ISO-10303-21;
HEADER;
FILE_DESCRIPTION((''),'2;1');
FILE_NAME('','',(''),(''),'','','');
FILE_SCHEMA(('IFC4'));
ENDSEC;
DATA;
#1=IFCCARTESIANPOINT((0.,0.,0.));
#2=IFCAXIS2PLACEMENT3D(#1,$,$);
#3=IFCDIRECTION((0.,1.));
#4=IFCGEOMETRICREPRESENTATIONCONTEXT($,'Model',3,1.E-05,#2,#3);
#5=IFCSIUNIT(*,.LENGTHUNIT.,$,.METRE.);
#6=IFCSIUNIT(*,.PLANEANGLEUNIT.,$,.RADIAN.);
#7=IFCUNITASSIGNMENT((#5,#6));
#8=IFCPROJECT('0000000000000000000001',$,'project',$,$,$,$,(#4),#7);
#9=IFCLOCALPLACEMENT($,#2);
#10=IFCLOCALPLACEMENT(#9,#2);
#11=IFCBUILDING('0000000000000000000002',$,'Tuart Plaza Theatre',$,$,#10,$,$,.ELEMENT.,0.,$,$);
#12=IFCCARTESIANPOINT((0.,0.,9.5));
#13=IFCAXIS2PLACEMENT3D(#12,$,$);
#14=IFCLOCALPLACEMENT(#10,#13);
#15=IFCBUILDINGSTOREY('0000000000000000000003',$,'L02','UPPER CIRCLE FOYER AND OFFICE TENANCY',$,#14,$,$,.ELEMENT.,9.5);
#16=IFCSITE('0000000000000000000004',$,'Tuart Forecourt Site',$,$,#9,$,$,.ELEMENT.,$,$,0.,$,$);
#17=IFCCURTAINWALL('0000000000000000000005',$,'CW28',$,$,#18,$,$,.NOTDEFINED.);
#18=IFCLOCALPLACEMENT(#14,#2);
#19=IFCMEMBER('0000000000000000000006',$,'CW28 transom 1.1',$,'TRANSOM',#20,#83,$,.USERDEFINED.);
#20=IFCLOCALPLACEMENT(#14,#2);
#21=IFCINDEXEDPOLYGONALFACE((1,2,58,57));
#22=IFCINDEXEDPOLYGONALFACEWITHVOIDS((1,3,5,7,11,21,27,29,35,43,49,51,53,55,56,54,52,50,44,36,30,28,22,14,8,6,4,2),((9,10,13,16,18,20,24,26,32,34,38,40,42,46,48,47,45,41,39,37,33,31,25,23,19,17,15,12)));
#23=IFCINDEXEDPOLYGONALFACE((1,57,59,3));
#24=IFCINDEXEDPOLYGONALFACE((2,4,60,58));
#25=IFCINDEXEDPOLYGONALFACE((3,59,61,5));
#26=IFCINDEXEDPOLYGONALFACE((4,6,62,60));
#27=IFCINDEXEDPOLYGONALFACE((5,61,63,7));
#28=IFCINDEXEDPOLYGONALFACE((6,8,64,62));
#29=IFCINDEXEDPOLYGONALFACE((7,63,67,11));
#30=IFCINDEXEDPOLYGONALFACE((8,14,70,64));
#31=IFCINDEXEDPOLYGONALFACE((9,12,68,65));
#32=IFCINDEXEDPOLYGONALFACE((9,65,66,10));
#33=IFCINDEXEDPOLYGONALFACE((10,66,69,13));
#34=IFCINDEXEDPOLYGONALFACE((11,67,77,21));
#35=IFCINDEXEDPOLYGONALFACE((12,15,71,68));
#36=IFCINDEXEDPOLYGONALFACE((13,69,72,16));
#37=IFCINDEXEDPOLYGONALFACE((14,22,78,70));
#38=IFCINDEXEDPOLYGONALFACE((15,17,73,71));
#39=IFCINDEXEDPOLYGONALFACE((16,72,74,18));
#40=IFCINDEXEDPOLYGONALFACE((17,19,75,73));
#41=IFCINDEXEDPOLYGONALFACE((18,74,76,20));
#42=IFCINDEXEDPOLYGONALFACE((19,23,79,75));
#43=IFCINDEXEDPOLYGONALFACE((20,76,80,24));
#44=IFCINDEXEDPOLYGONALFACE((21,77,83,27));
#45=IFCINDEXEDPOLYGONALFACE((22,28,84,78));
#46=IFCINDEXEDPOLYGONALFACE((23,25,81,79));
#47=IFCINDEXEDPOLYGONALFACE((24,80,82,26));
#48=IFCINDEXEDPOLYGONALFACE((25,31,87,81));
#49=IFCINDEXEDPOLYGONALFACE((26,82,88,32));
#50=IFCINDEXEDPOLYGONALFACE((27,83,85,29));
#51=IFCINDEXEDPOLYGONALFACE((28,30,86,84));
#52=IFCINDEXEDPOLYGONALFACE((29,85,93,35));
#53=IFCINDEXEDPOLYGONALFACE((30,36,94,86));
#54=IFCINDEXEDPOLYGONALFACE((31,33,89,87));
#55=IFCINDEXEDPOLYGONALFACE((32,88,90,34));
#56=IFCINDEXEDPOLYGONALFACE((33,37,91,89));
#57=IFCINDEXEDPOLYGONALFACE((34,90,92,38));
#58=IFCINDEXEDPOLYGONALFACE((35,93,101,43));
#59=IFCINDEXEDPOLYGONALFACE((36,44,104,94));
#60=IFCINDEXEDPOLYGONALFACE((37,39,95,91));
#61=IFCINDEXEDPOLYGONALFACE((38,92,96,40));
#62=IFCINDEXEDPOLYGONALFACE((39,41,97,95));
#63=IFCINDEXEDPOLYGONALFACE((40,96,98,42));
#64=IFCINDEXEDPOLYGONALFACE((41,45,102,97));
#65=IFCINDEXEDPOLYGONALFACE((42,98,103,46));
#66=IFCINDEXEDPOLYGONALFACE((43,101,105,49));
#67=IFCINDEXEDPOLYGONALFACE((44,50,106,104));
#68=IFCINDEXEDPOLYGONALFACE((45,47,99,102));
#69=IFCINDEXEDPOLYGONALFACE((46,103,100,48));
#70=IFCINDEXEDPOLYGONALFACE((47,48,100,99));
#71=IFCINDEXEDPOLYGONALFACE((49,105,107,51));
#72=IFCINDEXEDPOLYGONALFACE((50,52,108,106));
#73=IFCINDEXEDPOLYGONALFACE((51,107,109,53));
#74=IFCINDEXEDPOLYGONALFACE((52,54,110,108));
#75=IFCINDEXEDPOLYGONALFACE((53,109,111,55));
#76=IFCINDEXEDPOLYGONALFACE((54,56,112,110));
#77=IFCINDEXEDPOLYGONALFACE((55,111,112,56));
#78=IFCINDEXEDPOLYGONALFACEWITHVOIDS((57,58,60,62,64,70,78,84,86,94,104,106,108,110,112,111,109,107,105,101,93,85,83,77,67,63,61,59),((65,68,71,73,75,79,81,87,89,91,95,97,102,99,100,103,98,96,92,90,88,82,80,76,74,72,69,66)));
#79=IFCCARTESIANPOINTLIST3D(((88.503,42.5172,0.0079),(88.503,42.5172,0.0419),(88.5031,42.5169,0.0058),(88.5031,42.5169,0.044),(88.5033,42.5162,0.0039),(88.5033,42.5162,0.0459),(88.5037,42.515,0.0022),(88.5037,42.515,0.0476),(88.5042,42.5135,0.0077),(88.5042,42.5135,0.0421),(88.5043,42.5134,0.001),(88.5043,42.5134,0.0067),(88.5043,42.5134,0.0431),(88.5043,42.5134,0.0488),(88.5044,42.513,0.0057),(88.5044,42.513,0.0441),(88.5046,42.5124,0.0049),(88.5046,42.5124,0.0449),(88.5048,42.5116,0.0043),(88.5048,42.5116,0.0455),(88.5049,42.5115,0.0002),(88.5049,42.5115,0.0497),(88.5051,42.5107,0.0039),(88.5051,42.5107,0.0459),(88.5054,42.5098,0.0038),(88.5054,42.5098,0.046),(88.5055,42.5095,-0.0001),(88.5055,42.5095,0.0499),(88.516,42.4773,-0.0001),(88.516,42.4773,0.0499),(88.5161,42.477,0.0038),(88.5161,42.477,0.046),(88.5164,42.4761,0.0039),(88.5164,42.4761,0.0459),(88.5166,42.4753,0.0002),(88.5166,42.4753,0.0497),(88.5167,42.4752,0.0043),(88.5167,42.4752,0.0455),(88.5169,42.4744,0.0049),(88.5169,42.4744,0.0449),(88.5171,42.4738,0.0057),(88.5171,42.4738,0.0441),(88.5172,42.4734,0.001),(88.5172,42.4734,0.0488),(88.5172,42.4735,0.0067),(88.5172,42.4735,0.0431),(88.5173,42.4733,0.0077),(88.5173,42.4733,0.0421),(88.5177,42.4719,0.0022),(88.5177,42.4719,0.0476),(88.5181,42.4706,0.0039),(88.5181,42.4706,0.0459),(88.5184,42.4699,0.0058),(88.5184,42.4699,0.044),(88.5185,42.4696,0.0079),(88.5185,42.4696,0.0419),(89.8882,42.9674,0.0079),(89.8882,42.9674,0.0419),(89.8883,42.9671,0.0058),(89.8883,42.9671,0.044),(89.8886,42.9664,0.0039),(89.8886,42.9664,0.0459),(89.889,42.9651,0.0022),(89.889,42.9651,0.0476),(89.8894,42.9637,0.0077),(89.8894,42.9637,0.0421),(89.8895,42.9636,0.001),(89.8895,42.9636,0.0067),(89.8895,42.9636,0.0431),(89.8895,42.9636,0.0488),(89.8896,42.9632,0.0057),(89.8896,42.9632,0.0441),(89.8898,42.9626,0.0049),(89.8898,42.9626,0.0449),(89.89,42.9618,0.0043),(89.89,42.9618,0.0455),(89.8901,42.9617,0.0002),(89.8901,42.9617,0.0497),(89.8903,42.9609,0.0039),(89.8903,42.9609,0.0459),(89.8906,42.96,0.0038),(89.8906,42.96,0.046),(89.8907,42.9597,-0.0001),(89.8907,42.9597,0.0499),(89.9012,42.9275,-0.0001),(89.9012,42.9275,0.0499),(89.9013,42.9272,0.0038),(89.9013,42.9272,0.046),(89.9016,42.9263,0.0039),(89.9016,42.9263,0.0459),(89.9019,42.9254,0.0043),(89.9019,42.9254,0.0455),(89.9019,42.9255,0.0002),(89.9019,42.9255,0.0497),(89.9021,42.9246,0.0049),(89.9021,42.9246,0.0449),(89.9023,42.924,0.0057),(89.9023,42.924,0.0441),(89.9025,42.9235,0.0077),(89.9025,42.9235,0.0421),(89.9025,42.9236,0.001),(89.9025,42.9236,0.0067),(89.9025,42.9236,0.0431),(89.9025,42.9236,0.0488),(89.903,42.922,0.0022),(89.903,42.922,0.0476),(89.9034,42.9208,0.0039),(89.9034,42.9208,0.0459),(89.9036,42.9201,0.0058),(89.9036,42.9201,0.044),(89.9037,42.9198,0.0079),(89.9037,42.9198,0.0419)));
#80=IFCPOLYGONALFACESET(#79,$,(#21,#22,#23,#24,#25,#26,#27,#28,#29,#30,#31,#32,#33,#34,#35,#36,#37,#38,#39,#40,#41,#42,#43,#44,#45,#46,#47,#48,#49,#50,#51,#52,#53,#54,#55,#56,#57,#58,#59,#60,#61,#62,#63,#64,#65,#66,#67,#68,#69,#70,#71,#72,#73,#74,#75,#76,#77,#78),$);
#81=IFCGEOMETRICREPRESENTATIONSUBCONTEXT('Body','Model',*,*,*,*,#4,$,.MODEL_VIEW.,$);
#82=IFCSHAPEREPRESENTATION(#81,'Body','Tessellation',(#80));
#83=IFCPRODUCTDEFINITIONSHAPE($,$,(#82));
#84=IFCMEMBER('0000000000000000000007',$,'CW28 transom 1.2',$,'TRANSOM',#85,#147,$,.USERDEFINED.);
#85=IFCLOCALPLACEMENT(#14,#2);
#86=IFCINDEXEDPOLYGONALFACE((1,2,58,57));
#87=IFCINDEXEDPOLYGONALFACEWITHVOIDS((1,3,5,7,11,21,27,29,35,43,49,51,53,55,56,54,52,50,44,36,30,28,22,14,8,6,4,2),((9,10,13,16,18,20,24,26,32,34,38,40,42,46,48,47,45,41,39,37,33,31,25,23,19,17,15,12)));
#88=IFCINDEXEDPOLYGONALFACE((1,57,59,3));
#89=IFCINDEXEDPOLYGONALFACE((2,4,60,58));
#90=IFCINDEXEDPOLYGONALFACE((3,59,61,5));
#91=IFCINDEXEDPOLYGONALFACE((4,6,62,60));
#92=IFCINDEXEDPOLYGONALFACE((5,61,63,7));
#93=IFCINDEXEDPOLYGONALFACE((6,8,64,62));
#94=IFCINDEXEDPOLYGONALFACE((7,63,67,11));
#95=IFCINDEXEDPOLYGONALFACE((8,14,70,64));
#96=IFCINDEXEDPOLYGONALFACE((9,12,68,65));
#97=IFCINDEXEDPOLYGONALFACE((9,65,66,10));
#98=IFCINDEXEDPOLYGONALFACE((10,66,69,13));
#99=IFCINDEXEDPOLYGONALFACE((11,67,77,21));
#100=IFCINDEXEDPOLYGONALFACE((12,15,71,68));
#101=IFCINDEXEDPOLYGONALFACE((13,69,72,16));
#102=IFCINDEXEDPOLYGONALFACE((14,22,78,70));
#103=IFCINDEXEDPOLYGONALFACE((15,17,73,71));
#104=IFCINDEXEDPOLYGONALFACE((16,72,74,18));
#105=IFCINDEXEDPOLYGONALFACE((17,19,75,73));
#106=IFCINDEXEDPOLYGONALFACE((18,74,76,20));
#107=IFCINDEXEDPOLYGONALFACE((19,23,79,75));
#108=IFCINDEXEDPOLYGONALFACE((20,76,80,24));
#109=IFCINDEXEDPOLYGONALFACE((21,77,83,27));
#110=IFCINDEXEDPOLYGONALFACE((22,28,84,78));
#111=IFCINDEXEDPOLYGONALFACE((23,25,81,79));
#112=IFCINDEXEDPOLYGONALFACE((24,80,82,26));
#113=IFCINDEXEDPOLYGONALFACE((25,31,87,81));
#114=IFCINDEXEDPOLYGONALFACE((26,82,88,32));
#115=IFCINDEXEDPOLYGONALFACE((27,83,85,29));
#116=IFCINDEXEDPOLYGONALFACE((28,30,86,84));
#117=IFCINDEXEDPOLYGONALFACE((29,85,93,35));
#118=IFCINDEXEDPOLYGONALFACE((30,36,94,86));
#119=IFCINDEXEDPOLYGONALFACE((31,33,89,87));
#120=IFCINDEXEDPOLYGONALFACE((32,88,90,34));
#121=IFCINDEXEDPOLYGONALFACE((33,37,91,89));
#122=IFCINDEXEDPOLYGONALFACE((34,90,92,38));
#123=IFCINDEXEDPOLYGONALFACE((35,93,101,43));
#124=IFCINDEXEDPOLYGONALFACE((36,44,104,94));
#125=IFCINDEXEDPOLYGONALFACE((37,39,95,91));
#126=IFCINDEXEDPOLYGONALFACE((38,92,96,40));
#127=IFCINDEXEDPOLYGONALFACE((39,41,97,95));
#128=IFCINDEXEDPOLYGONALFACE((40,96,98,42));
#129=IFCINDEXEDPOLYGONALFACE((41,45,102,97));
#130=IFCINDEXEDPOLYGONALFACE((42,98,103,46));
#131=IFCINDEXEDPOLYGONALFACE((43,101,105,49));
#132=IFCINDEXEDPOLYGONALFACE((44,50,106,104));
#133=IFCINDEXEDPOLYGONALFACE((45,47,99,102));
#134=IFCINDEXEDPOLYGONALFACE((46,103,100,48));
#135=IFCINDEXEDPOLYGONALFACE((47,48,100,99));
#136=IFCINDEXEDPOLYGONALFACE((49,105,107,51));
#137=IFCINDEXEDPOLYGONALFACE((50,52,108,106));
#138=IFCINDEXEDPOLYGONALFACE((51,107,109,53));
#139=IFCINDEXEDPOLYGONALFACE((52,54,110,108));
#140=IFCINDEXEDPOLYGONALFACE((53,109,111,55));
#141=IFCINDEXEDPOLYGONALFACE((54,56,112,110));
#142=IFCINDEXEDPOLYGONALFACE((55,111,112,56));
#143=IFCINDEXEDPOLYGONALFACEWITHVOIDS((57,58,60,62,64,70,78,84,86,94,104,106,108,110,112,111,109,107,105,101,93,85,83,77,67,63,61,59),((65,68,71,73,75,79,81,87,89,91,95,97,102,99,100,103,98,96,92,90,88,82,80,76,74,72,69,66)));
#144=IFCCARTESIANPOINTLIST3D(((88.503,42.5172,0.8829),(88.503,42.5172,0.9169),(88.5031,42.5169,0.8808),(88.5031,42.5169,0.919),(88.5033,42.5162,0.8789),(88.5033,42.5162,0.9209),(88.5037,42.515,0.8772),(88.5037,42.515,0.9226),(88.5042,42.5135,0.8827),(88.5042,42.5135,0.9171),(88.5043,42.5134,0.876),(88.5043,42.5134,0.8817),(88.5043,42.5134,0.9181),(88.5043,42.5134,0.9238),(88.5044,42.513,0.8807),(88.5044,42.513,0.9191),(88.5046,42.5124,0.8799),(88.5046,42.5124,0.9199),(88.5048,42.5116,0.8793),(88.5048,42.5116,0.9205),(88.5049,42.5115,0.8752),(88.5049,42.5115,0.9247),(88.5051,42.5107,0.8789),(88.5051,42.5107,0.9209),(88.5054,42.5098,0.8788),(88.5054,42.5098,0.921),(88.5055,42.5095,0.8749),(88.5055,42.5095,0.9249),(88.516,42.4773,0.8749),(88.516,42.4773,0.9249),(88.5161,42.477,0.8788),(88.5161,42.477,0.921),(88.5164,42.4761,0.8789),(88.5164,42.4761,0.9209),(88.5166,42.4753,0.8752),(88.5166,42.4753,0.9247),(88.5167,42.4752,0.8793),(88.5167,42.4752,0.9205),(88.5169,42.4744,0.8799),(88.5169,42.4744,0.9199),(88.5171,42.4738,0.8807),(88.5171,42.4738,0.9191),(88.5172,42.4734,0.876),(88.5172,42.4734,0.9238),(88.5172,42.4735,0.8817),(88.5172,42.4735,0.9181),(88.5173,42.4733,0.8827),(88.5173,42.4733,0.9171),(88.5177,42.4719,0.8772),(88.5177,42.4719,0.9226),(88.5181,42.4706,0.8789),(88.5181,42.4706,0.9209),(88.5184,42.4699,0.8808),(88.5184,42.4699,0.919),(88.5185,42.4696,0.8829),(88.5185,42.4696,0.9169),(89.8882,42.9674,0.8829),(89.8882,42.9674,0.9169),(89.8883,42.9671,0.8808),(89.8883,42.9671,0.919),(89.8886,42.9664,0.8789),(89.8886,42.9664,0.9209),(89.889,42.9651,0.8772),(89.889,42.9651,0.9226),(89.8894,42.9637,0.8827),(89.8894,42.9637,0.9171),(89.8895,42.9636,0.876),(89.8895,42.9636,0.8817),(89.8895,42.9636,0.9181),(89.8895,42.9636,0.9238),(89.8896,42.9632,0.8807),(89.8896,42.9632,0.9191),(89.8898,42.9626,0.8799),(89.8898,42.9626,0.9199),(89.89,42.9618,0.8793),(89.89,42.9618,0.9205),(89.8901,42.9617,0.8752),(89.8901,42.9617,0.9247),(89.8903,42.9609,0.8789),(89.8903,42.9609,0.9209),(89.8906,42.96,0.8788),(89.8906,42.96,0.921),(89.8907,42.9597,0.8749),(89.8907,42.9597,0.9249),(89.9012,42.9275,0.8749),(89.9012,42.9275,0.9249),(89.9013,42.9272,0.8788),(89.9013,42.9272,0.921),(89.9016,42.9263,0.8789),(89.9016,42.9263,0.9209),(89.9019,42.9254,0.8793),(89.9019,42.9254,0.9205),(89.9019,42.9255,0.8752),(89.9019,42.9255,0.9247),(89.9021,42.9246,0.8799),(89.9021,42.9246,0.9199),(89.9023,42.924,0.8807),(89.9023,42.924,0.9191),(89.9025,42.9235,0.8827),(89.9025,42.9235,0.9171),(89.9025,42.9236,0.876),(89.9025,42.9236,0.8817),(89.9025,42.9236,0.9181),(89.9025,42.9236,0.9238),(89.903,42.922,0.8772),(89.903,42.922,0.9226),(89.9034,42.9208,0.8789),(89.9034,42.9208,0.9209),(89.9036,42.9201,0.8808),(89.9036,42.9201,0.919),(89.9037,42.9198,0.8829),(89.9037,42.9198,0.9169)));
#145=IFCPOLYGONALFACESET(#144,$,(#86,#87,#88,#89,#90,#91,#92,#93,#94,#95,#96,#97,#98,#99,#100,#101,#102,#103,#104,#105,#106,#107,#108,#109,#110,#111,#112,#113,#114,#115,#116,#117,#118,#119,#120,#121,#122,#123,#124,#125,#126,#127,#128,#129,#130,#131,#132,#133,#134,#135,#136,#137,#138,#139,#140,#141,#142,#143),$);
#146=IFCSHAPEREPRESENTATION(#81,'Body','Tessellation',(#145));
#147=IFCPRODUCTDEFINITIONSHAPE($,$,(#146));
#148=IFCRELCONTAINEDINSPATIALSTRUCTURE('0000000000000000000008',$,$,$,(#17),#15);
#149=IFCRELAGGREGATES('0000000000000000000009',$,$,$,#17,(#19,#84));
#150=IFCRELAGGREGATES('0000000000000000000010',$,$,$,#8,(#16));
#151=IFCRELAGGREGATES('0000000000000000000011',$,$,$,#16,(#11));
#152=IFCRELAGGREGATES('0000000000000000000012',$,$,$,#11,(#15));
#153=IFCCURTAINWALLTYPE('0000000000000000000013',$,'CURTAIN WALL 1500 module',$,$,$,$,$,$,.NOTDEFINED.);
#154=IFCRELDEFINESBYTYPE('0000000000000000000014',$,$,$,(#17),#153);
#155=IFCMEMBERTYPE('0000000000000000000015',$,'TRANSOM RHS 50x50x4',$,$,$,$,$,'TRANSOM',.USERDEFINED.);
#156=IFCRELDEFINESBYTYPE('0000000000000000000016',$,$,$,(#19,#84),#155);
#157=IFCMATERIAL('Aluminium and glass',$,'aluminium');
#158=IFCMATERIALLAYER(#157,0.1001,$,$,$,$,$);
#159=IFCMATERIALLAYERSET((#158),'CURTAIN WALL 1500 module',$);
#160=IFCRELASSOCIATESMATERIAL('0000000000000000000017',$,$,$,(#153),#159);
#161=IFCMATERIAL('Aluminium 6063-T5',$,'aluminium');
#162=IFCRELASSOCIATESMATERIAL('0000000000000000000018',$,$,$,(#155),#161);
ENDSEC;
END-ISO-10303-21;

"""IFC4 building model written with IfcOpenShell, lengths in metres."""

from ifc_helpers import new_model, si_unit, direction, frame, origin, origin_2d, place, context, subcontext, project, spatial, hollow_rectangle, extrude, material, layer, layer_set, material_profile, profile_set, type_object, element, aggregate, save


model = new_model("IFC4")

# Units and contexts
model_context = context("Model", 3, precision=1e-05, world=origin(), true_north=direction((0.0, 1.0)))
body_context = subcontext(model_context, "Body", "Model", "MODEL_VIEW")
ifc_project = project(units=[si_unit("LENGTHUNIT", "METRE"), si_unit("PLANEANGLEUNIT", "RADIAN")], contexts=[model_context])

# Site, building, storey
site_placement = place(None, origin())
site = spatial("IfcSite", under=ifc_project, at=site_placement, Name="Tuart Forecourt Site", CompositionType="ELEMENT", RefElevation=0.0)
building_placement = place(site_placement, origin())
building = spatial("IfcBuilding", under=site, at=building_placement, Name="Tuart Plaza Theatre", CompositionType="ELEMENT", ElevationOfRefHeight=0.0)
storey_placement = place(building_placement, frame((0.0, 0.0, 9.5)))
storey = spatial("IfcBuildingStorey", under=building, at=storey_placement, Name="L02", Description="UPPER CIRCLE FOYER AND OFFICE TENANCY", CompositionType="ELEMENT", Elevation=9.5)

# Shared definitions
ifc_material_1 = material(Name="Aluminium and glass", Category="aluminium")
ifc_layer_1 = layer(ifc_material_1, 0.1001)
ifc_layer_set_1 = layer_set([ifc_layer_1], Name="CURTAIN WALL 1500 module")
curtain_wall_type = type_object("IfcCurtainWallType", Name="CURTAIN WALL 1500 module", PredefinedType="NOTDEFINED", material=ifc_layer_set_1)

# Curtain wall
curtain_wall_1_placement = place(storey_placement, origin())
curtain_wall_1 = element("IfcCurtainWall", 1, at=curtain_wall_1_placement, inside=storey, type_object=curtain_wall_type, Name="CW28", PredefinedType="NOTDEFINED")

# Members
ifc_material_2 = material(Name="Aluminium 6063-T5", Category="aluminium")
ifc_material_profile_1 = material_profile(ifc_material_2, hollow_rectangle(XDim=0.05, YDim=0.05, WallThickness=0.0039, InnerFilletRadius=0.0039, OuterFilletRadius=0.0081, at=origin_2d()), Name="RHS 50x50x4")
ifc_profile_set_1 = profile_set([ifc_material_profile_1], Name="Aluminium 6063-T5")
member_type_1 = type_object("IfcMemberType", Name="TRANSOM RHS 50x50x4", ElementType="TRANSOM", PredefinedType="USERDEFINED", material=ifc_profile_set_1)
member_1_placement = place(storey_placement, frame((88.5107, 42.4934, 0.0249), z_axis=(0.951037, 0.309078, 0.0), x_axis=(-0.309078, 0.951037, 0.0)))
member_1 = element("IfcMember", 2, at=member_1_placement, type_object=member_type_1, Name="CW28 transom 1.1", ObjectType="TRANSOM", PredefinedType="USERDEFINED", context=body_context, shape_type="SweptSolid", body=[
    extrude(hollow_rectangle(XDim=0.05, YDim=0.05, WallThickness=0.0039, InnerFilletRadius=0.0039, OuterFilletRadius=0.0081, at=origin_2d()), origin(), (0.0, 0.0, 1.0), 1.4565),
])
member_2_placement = place(storey_placement, frame((88.5107, 42.4934, 0.8999), z_axis=(0.951037, 0.309078, 0.0), x_axis=(-0.309078, 0.951037, 0.0)))
member_2 = element("IfcMember", 3, at=member_2_placement, type_object=member_type_1, Name="CW28 transom 1.2", ObjectType="TRANSOM", PredefinedType="USERDEFINED", context=body_context, shape_type="SweptSolid", body=[
    extrude(hollow_rectangle(XDim=0.05, YDim=0.05, WallThickness=0.0039, InnerFilletRadius=0.0039, OuterFilletRadius=0.0081, at=origin_2d()), origin(), (0.0, 0.0, 1.0), 1.4565),
])

aggregate(curtain_wall_1, [member_1, member_2])

save(model, "model.ifc")
